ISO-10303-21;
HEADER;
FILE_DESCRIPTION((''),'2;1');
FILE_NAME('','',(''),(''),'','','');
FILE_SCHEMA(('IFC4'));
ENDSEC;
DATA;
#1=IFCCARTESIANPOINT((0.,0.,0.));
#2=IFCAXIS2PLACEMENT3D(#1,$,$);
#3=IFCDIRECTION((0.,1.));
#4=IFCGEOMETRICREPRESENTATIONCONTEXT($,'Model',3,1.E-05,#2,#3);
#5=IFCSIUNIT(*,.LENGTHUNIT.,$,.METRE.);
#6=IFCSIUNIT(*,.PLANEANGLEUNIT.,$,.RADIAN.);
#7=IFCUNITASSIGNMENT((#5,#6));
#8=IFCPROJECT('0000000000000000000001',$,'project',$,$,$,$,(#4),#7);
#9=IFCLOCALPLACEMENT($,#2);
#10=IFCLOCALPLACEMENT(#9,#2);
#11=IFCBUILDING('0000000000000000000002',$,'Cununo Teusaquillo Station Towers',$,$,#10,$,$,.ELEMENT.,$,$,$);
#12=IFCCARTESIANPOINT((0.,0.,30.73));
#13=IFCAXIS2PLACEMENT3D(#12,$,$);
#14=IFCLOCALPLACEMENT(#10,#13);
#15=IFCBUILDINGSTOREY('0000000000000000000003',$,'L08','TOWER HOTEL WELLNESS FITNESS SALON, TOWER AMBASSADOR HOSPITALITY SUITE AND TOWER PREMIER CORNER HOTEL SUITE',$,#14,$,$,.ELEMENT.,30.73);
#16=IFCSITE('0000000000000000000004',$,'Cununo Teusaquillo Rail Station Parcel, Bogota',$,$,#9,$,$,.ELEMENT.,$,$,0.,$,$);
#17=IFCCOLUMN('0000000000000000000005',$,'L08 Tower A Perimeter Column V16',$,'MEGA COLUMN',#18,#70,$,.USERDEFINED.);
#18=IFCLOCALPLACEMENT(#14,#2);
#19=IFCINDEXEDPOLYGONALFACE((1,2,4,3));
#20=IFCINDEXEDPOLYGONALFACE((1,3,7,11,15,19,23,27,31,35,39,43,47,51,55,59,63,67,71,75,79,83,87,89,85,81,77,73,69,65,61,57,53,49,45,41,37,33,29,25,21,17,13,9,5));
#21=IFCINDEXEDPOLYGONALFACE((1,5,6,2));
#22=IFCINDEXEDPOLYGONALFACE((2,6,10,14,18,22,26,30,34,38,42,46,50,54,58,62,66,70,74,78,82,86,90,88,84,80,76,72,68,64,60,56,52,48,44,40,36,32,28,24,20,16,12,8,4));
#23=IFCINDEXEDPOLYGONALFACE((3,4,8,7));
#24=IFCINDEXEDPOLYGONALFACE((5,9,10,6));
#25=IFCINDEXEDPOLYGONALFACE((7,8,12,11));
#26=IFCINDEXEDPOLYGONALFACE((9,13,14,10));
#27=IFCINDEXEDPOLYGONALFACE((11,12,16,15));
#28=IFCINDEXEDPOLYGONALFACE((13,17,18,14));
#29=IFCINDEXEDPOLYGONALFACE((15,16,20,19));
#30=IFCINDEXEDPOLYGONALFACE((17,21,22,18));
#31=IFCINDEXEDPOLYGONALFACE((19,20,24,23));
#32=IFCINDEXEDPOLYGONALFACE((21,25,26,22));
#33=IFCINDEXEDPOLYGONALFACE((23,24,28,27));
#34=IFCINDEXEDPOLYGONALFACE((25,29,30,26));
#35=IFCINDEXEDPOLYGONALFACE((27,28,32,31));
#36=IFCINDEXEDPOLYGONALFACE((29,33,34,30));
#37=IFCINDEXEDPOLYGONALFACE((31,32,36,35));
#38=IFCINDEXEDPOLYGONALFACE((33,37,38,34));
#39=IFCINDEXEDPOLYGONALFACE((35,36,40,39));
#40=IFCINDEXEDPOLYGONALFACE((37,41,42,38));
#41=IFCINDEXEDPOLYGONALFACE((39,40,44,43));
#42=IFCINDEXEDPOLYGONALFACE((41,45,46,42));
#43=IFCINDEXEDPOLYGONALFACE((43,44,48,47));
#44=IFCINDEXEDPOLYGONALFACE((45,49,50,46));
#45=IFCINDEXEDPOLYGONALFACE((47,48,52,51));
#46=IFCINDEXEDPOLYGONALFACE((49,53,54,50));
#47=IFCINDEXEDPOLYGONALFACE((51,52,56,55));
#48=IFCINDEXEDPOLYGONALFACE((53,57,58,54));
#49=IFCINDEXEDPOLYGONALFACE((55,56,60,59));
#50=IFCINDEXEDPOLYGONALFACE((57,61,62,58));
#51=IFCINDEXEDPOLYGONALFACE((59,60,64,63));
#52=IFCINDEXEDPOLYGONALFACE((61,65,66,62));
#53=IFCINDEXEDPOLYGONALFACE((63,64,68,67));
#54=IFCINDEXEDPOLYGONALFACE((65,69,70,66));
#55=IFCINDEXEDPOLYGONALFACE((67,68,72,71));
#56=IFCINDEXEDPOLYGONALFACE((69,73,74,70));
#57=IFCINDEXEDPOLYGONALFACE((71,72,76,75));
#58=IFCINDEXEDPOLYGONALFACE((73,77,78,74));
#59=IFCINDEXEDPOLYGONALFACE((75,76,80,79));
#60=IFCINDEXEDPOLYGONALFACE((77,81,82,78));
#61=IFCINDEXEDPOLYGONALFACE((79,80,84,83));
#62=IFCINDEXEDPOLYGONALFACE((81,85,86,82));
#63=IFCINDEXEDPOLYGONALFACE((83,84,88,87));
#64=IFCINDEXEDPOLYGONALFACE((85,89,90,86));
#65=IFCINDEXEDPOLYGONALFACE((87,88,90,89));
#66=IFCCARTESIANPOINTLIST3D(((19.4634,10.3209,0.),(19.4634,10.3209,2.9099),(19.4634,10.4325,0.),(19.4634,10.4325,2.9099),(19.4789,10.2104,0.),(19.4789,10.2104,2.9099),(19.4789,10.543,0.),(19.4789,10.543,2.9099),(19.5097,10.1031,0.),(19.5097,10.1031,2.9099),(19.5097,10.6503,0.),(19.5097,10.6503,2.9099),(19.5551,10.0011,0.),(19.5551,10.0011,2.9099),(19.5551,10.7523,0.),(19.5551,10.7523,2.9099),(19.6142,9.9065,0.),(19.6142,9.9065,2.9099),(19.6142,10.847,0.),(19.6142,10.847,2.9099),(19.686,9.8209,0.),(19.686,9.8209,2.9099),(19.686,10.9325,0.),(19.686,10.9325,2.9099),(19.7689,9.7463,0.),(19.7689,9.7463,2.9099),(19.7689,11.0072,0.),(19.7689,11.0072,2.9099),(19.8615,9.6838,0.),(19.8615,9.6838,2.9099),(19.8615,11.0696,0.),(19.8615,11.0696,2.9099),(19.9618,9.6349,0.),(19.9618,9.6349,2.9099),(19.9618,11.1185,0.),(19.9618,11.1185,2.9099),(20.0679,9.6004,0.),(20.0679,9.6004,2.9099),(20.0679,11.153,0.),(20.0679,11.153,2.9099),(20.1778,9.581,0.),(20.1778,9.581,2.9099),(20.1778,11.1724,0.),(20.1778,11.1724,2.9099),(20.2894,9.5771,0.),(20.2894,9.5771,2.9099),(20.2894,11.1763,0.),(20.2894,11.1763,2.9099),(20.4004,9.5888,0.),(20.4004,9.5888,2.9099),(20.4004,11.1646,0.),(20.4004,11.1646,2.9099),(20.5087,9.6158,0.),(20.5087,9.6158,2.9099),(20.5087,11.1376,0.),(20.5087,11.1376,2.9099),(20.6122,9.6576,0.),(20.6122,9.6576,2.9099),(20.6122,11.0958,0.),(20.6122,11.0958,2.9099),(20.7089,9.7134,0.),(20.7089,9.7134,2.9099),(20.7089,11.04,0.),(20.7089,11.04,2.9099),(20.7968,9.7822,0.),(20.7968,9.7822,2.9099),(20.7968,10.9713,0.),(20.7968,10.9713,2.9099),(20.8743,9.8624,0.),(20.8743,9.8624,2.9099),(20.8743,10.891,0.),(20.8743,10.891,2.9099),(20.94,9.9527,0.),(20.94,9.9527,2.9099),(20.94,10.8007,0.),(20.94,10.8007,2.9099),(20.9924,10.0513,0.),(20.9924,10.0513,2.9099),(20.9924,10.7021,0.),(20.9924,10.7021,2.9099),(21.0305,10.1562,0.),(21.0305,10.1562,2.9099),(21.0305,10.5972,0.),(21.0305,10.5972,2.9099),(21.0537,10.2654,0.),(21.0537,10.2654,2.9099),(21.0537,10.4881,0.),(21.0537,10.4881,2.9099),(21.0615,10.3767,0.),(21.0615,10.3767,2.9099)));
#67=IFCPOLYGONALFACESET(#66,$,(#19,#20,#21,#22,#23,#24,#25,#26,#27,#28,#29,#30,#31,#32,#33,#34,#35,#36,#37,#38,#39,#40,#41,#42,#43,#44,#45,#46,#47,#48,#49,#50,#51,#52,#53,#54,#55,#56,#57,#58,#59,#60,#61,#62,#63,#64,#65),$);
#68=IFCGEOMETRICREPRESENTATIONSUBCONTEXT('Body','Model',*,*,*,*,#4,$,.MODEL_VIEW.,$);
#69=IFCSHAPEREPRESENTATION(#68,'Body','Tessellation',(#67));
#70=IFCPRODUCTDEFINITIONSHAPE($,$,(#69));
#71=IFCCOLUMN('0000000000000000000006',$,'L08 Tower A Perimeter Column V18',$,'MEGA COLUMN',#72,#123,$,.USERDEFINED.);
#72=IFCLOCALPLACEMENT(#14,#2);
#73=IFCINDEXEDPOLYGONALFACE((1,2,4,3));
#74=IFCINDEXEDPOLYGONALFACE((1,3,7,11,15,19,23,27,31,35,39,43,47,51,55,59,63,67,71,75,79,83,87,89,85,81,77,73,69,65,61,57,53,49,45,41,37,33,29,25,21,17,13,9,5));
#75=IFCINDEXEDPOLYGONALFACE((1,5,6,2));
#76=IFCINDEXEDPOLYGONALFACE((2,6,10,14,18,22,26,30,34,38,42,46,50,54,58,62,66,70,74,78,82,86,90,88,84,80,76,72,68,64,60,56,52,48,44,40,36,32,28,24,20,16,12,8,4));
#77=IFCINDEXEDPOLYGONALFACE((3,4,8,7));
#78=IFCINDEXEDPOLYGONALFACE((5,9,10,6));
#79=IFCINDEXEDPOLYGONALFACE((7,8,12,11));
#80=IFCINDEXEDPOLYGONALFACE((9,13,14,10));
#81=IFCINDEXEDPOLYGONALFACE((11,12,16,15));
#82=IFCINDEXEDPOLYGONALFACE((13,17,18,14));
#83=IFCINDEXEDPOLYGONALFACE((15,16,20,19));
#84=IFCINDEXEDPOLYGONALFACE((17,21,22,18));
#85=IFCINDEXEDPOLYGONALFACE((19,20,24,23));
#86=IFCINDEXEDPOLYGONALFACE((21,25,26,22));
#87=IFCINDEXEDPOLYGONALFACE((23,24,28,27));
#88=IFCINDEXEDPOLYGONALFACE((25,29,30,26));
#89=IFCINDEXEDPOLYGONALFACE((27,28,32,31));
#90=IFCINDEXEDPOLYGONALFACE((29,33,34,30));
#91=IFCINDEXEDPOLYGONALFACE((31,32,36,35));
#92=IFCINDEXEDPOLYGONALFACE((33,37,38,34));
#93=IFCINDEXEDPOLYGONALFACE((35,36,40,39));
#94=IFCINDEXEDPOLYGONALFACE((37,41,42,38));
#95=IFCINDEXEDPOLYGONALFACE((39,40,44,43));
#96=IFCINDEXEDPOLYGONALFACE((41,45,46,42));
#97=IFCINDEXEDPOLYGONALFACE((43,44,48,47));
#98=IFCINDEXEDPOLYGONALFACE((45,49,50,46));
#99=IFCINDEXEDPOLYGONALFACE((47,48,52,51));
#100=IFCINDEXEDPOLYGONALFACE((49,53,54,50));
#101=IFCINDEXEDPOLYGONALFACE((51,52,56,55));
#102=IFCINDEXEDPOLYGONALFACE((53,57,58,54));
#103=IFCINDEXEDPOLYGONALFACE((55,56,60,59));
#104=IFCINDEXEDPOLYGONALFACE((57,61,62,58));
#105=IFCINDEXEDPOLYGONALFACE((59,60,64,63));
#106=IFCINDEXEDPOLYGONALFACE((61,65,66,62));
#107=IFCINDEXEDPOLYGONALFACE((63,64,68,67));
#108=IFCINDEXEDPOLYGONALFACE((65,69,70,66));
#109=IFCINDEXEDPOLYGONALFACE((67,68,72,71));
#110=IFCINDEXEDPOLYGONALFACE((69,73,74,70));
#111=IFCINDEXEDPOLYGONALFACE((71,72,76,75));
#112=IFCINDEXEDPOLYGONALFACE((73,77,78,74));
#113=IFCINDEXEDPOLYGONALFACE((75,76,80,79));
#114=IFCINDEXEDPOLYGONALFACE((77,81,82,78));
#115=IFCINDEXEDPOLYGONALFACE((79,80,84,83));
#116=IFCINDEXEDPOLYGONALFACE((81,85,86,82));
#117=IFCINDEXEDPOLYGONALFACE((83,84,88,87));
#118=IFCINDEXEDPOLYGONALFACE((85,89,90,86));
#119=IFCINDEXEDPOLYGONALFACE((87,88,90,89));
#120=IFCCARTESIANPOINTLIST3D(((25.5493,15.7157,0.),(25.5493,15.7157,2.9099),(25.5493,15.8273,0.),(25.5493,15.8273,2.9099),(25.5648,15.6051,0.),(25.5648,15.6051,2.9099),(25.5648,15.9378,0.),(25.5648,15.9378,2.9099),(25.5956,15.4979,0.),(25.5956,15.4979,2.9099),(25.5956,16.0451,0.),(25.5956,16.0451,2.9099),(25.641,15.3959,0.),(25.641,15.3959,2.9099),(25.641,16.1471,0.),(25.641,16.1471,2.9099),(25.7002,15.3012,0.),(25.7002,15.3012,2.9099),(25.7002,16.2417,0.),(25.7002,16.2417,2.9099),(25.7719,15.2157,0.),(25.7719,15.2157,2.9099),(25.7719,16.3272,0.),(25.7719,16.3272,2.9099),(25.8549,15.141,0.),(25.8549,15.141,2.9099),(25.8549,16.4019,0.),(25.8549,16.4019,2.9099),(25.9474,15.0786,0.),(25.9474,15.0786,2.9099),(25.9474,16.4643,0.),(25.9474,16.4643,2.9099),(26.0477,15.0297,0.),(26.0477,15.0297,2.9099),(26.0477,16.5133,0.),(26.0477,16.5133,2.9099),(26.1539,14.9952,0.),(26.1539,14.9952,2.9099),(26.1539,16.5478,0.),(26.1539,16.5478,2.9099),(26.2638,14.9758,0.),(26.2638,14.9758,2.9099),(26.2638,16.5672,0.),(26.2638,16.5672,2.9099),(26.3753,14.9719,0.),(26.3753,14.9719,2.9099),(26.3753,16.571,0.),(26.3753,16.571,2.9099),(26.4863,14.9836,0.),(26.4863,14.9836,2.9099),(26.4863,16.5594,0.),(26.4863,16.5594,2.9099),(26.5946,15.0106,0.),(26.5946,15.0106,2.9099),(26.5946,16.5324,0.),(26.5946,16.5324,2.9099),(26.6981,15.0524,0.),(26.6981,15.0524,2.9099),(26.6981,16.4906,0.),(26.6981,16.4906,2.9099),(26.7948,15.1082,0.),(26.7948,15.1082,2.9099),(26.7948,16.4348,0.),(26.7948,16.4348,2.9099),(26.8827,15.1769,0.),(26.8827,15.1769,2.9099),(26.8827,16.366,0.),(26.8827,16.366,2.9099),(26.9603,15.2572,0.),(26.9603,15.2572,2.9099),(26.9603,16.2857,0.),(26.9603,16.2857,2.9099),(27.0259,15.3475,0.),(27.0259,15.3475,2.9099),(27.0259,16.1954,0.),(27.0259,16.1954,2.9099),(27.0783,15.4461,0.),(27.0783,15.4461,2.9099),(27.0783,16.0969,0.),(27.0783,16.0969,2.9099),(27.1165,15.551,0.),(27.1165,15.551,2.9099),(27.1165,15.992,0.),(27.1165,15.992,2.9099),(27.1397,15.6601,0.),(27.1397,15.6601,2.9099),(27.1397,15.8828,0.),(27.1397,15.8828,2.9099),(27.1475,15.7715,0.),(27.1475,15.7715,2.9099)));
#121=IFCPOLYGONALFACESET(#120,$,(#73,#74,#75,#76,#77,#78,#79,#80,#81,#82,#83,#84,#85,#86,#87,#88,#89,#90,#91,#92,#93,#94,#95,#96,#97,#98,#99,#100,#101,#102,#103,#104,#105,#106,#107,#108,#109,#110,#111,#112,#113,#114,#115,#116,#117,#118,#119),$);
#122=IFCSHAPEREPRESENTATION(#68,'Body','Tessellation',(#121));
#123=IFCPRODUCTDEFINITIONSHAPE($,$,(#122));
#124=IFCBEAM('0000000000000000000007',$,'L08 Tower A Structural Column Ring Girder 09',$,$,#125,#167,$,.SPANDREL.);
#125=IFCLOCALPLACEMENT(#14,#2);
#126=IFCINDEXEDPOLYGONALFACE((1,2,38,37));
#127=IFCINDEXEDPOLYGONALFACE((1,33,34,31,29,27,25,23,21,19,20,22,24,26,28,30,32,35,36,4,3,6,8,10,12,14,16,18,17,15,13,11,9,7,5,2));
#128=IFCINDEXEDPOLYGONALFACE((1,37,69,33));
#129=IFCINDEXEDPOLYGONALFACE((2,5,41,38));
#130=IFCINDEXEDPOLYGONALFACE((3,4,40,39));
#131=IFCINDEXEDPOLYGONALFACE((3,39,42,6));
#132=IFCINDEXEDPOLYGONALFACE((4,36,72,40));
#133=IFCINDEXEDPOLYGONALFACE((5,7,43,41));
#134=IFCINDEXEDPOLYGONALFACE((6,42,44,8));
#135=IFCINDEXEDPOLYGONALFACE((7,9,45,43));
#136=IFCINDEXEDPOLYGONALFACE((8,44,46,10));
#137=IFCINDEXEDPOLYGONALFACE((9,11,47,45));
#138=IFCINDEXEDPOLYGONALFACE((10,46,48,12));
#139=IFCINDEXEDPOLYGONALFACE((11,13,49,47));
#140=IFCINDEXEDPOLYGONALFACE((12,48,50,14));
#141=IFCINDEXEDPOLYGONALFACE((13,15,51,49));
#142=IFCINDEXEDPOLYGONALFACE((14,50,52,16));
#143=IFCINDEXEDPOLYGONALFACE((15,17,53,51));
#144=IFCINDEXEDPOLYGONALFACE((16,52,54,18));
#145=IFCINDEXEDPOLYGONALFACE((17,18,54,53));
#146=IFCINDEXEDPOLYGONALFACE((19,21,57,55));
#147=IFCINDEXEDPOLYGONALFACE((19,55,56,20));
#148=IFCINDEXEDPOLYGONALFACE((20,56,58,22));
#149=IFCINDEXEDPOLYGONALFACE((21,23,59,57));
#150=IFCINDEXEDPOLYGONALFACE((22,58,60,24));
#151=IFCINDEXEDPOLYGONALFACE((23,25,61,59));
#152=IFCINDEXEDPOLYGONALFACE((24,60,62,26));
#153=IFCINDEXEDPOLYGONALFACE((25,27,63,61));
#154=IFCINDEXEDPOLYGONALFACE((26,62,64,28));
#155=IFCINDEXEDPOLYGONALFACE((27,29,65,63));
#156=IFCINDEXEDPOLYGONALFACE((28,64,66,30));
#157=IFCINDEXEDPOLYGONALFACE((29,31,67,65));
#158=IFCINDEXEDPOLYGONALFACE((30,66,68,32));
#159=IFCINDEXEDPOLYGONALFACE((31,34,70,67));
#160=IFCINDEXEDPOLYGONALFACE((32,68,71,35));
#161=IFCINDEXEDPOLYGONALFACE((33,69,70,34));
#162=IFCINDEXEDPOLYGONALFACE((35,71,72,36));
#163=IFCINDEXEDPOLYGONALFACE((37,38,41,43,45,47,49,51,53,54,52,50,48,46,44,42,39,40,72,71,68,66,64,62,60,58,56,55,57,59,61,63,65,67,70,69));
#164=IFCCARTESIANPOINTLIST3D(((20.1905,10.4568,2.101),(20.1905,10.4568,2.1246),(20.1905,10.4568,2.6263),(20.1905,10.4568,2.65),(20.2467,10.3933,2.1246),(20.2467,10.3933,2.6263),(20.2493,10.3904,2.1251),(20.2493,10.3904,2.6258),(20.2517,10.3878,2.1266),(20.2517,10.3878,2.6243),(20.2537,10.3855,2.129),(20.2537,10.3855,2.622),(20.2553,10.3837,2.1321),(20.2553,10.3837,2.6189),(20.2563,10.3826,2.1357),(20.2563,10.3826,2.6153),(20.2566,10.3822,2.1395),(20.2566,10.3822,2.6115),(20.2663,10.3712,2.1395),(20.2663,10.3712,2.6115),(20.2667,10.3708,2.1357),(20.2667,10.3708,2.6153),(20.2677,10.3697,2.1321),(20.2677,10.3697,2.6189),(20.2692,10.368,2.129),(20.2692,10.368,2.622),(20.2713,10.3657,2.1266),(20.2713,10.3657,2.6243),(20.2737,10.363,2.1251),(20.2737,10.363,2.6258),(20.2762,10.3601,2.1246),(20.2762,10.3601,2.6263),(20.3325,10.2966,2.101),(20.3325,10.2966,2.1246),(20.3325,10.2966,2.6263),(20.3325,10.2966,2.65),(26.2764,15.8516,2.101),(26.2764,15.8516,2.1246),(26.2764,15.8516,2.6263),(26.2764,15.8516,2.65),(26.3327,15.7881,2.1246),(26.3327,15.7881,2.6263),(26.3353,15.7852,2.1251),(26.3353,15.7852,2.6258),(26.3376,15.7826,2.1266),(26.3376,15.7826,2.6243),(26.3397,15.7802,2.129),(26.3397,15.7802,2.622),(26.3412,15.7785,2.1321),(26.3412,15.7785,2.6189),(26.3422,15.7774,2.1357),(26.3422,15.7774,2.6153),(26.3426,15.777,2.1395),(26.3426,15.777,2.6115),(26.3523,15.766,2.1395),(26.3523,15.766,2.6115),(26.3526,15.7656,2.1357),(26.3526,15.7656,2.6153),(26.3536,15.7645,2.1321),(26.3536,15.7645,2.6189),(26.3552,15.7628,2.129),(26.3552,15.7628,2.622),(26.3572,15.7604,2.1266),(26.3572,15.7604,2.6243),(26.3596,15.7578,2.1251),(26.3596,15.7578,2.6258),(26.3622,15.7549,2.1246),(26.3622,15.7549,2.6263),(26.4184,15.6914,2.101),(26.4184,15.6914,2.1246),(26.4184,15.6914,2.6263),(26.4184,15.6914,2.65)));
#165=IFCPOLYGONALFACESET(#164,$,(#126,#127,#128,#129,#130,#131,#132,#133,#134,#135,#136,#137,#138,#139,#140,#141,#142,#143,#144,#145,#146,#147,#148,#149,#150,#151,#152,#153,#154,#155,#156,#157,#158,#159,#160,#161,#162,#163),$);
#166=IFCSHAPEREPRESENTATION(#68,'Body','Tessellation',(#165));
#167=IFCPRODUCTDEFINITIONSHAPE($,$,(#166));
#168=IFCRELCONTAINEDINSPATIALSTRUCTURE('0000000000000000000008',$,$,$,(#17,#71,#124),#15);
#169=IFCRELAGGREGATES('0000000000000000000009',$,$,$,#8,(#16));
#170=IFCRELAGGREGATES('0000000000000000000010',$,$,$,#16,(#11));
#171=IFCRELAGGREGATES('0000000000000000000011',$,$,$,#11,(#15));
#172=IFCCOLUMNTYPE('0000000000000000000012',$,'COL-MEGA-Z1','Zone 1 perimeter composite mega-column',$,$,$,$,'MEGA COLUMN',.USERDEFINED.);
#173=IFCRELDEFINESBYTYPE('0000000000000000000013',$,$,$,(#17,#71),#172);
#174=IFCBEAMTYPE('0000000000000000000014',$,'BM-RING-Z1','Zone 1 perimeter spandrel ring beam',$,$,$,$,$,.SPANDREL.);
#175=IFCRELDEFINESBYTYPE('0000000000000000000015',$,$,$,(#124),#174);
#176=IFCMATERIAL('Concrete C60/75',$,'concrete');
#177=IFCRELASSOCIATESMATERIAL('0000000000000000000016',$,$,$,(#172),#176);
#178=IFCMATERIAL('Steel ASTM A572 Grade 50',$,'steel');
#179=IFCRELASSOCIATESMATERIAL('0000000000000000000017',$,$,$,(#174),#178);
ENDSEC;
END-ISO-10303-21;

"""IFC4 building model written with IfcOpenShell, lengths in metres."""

from ifc_helpers import new_model, si_unit, direction, frame, origin, origin_2d, place, context, subcontext, project, spatial, circle, i_section, extrude, material, material_profile, profile_set, type_object, element, save


model = new_model("IFC4")

# Units and contexts
model_context = context("Model", 3, precision=1e-05, world=origin(), true_north=direction((0.0, 1.0)))
body_context = subcontext(model_context, "Body", "Model", "MODEL_VIEW")
ifc_project = project(units=[si_unit("LENGTHUNIT", "METRE"), si_unit("PLANEANGLEUNIT", "RADIAN")], contexts=[model_context])

# Site, building, storey
site_placement = place(None, origin())
site = spatial("IfcSite", under=ifc_project, at=site_placement, Name="Cununo Teusaquillo Rail Station Parcel, Bogota", CompositionType="ELEMENT", RefElevation=0.0)
building_placement = place(site_placement, origin())
building = spatial("IfcBuilding", under=site, at=building_placement, Name="Cununo Teusaquillo Station Towers", CompositionType="ELEMENT")
storey_placement = place(building_placement, frame((0.0, 0.0, 30.73)))
storey = spatial("IfcBuildingStorey", under=building, at=storey_placement, Name="L08", Description="TOWER HOTEL WELLNESS FITNESS SALON, TOWER AMBASSADOR HOSPITALITY SUITE AND TOWER PREMIER CORNER HOTEL SUITE", CompositionType="ELEMENT", Elevation=30.73)

# Columns
ifc_material_1 = material(Name="Concrete C60/75", Category="concrete")
ifc_material_profile_1 = material_profile(ifc_material_1, circle(Radius=0.8, at=origin_2d()), Name="RC-CIRC-1600")
ifc_profile_set_1 = profile_set([ifc_material_profile_1], Name="Concrete C60/75")
column_type = type_object("IfcColumnType", Name="COL-MEGA-Z1", Description="Zone 1 perimeter composite mega-column", ElementType="MEGA COLUMN", PredefinedType="USERDEFINED", material=ifc_profile_set_1)
for number, where, z_axis, x_axis, name in (
    (1, (20.2615, 10.3767, 0.0), (0.0, 0.0, 1.0), (1.0, 0.0, 0.0), "L08 Tower A Perimeter Column V16"),
    (2, (26.3474, 15.7715, 0.0), (0.0, 0.0, 1.0), (1.0, 0.0, 0.0), "L08 Tower A Perimeter Column V18"),
):
    element("IfcColumn", number, at=place(storey_placement, frame(where, z_axis=z_axis, x_axis=x_axis)), inside=storey, type_object=column_type, Name=name, ObjectType="MEGA COLUMN", PredefinedType="USERDEFINED", context=body_context, shape_type="SweptSolid", body=[
        extrude(circle(Radius=0.8, at=origin_2d()), origin(), (0.0, 0.0, 1.0), 2.9099),
    ])

# Beam
ifc_material_2 = material(Name="Steel ASTM A572 Grade 50", Category="steel")
ifc_material_profile_2 = material_profile(ifc_material_2, i_section(OverallWidth=0.2141, OverallDepth=0.5491, WebThickness=0.0146, FlangeThickness=0.0237, FilletRadius=0.0149, at=origin_2d()), Name="W21X93")
ifc_profile_set_2 = profile_set([ifc_material_profile_2], Name="Steel ASTM A572 Grade 50")
beam_type_1 = type_object("IfcBeamType", Name="BM-RING-Z1", Description="Zone 1 perimeter spandrel ring beam", PredefinedType="SPANDREL", material=ifc_profile_set_2)
beam_1_placement = place(storey_placement, frame((20.2615, 10.3767, 2.3755), z_axis=(0.748321, 0.663337, 0.0), x_axis=(-0.663337, 0.748321, 0.0)))
element("IfcBeam", 3, at=beam_1_placement, inside=storey, type_object=beam_type_1, Name="L08 Tower A Structural Column Ring Girder 09", PredefinedType="SPANDREL", context=body_context, shape_type="SweptSolid", body=[
    extrude(i_section(OverallWidth=0.2141, OverallDepth=0.5491, WebThickness=0.0146, FlangeThickness=0.0237, FilletRadius=0.0149, at=origin_2d()), origin(), (0.0, 0.0, 1.0), 8.1328),
])

save(model, "model.ifc")
